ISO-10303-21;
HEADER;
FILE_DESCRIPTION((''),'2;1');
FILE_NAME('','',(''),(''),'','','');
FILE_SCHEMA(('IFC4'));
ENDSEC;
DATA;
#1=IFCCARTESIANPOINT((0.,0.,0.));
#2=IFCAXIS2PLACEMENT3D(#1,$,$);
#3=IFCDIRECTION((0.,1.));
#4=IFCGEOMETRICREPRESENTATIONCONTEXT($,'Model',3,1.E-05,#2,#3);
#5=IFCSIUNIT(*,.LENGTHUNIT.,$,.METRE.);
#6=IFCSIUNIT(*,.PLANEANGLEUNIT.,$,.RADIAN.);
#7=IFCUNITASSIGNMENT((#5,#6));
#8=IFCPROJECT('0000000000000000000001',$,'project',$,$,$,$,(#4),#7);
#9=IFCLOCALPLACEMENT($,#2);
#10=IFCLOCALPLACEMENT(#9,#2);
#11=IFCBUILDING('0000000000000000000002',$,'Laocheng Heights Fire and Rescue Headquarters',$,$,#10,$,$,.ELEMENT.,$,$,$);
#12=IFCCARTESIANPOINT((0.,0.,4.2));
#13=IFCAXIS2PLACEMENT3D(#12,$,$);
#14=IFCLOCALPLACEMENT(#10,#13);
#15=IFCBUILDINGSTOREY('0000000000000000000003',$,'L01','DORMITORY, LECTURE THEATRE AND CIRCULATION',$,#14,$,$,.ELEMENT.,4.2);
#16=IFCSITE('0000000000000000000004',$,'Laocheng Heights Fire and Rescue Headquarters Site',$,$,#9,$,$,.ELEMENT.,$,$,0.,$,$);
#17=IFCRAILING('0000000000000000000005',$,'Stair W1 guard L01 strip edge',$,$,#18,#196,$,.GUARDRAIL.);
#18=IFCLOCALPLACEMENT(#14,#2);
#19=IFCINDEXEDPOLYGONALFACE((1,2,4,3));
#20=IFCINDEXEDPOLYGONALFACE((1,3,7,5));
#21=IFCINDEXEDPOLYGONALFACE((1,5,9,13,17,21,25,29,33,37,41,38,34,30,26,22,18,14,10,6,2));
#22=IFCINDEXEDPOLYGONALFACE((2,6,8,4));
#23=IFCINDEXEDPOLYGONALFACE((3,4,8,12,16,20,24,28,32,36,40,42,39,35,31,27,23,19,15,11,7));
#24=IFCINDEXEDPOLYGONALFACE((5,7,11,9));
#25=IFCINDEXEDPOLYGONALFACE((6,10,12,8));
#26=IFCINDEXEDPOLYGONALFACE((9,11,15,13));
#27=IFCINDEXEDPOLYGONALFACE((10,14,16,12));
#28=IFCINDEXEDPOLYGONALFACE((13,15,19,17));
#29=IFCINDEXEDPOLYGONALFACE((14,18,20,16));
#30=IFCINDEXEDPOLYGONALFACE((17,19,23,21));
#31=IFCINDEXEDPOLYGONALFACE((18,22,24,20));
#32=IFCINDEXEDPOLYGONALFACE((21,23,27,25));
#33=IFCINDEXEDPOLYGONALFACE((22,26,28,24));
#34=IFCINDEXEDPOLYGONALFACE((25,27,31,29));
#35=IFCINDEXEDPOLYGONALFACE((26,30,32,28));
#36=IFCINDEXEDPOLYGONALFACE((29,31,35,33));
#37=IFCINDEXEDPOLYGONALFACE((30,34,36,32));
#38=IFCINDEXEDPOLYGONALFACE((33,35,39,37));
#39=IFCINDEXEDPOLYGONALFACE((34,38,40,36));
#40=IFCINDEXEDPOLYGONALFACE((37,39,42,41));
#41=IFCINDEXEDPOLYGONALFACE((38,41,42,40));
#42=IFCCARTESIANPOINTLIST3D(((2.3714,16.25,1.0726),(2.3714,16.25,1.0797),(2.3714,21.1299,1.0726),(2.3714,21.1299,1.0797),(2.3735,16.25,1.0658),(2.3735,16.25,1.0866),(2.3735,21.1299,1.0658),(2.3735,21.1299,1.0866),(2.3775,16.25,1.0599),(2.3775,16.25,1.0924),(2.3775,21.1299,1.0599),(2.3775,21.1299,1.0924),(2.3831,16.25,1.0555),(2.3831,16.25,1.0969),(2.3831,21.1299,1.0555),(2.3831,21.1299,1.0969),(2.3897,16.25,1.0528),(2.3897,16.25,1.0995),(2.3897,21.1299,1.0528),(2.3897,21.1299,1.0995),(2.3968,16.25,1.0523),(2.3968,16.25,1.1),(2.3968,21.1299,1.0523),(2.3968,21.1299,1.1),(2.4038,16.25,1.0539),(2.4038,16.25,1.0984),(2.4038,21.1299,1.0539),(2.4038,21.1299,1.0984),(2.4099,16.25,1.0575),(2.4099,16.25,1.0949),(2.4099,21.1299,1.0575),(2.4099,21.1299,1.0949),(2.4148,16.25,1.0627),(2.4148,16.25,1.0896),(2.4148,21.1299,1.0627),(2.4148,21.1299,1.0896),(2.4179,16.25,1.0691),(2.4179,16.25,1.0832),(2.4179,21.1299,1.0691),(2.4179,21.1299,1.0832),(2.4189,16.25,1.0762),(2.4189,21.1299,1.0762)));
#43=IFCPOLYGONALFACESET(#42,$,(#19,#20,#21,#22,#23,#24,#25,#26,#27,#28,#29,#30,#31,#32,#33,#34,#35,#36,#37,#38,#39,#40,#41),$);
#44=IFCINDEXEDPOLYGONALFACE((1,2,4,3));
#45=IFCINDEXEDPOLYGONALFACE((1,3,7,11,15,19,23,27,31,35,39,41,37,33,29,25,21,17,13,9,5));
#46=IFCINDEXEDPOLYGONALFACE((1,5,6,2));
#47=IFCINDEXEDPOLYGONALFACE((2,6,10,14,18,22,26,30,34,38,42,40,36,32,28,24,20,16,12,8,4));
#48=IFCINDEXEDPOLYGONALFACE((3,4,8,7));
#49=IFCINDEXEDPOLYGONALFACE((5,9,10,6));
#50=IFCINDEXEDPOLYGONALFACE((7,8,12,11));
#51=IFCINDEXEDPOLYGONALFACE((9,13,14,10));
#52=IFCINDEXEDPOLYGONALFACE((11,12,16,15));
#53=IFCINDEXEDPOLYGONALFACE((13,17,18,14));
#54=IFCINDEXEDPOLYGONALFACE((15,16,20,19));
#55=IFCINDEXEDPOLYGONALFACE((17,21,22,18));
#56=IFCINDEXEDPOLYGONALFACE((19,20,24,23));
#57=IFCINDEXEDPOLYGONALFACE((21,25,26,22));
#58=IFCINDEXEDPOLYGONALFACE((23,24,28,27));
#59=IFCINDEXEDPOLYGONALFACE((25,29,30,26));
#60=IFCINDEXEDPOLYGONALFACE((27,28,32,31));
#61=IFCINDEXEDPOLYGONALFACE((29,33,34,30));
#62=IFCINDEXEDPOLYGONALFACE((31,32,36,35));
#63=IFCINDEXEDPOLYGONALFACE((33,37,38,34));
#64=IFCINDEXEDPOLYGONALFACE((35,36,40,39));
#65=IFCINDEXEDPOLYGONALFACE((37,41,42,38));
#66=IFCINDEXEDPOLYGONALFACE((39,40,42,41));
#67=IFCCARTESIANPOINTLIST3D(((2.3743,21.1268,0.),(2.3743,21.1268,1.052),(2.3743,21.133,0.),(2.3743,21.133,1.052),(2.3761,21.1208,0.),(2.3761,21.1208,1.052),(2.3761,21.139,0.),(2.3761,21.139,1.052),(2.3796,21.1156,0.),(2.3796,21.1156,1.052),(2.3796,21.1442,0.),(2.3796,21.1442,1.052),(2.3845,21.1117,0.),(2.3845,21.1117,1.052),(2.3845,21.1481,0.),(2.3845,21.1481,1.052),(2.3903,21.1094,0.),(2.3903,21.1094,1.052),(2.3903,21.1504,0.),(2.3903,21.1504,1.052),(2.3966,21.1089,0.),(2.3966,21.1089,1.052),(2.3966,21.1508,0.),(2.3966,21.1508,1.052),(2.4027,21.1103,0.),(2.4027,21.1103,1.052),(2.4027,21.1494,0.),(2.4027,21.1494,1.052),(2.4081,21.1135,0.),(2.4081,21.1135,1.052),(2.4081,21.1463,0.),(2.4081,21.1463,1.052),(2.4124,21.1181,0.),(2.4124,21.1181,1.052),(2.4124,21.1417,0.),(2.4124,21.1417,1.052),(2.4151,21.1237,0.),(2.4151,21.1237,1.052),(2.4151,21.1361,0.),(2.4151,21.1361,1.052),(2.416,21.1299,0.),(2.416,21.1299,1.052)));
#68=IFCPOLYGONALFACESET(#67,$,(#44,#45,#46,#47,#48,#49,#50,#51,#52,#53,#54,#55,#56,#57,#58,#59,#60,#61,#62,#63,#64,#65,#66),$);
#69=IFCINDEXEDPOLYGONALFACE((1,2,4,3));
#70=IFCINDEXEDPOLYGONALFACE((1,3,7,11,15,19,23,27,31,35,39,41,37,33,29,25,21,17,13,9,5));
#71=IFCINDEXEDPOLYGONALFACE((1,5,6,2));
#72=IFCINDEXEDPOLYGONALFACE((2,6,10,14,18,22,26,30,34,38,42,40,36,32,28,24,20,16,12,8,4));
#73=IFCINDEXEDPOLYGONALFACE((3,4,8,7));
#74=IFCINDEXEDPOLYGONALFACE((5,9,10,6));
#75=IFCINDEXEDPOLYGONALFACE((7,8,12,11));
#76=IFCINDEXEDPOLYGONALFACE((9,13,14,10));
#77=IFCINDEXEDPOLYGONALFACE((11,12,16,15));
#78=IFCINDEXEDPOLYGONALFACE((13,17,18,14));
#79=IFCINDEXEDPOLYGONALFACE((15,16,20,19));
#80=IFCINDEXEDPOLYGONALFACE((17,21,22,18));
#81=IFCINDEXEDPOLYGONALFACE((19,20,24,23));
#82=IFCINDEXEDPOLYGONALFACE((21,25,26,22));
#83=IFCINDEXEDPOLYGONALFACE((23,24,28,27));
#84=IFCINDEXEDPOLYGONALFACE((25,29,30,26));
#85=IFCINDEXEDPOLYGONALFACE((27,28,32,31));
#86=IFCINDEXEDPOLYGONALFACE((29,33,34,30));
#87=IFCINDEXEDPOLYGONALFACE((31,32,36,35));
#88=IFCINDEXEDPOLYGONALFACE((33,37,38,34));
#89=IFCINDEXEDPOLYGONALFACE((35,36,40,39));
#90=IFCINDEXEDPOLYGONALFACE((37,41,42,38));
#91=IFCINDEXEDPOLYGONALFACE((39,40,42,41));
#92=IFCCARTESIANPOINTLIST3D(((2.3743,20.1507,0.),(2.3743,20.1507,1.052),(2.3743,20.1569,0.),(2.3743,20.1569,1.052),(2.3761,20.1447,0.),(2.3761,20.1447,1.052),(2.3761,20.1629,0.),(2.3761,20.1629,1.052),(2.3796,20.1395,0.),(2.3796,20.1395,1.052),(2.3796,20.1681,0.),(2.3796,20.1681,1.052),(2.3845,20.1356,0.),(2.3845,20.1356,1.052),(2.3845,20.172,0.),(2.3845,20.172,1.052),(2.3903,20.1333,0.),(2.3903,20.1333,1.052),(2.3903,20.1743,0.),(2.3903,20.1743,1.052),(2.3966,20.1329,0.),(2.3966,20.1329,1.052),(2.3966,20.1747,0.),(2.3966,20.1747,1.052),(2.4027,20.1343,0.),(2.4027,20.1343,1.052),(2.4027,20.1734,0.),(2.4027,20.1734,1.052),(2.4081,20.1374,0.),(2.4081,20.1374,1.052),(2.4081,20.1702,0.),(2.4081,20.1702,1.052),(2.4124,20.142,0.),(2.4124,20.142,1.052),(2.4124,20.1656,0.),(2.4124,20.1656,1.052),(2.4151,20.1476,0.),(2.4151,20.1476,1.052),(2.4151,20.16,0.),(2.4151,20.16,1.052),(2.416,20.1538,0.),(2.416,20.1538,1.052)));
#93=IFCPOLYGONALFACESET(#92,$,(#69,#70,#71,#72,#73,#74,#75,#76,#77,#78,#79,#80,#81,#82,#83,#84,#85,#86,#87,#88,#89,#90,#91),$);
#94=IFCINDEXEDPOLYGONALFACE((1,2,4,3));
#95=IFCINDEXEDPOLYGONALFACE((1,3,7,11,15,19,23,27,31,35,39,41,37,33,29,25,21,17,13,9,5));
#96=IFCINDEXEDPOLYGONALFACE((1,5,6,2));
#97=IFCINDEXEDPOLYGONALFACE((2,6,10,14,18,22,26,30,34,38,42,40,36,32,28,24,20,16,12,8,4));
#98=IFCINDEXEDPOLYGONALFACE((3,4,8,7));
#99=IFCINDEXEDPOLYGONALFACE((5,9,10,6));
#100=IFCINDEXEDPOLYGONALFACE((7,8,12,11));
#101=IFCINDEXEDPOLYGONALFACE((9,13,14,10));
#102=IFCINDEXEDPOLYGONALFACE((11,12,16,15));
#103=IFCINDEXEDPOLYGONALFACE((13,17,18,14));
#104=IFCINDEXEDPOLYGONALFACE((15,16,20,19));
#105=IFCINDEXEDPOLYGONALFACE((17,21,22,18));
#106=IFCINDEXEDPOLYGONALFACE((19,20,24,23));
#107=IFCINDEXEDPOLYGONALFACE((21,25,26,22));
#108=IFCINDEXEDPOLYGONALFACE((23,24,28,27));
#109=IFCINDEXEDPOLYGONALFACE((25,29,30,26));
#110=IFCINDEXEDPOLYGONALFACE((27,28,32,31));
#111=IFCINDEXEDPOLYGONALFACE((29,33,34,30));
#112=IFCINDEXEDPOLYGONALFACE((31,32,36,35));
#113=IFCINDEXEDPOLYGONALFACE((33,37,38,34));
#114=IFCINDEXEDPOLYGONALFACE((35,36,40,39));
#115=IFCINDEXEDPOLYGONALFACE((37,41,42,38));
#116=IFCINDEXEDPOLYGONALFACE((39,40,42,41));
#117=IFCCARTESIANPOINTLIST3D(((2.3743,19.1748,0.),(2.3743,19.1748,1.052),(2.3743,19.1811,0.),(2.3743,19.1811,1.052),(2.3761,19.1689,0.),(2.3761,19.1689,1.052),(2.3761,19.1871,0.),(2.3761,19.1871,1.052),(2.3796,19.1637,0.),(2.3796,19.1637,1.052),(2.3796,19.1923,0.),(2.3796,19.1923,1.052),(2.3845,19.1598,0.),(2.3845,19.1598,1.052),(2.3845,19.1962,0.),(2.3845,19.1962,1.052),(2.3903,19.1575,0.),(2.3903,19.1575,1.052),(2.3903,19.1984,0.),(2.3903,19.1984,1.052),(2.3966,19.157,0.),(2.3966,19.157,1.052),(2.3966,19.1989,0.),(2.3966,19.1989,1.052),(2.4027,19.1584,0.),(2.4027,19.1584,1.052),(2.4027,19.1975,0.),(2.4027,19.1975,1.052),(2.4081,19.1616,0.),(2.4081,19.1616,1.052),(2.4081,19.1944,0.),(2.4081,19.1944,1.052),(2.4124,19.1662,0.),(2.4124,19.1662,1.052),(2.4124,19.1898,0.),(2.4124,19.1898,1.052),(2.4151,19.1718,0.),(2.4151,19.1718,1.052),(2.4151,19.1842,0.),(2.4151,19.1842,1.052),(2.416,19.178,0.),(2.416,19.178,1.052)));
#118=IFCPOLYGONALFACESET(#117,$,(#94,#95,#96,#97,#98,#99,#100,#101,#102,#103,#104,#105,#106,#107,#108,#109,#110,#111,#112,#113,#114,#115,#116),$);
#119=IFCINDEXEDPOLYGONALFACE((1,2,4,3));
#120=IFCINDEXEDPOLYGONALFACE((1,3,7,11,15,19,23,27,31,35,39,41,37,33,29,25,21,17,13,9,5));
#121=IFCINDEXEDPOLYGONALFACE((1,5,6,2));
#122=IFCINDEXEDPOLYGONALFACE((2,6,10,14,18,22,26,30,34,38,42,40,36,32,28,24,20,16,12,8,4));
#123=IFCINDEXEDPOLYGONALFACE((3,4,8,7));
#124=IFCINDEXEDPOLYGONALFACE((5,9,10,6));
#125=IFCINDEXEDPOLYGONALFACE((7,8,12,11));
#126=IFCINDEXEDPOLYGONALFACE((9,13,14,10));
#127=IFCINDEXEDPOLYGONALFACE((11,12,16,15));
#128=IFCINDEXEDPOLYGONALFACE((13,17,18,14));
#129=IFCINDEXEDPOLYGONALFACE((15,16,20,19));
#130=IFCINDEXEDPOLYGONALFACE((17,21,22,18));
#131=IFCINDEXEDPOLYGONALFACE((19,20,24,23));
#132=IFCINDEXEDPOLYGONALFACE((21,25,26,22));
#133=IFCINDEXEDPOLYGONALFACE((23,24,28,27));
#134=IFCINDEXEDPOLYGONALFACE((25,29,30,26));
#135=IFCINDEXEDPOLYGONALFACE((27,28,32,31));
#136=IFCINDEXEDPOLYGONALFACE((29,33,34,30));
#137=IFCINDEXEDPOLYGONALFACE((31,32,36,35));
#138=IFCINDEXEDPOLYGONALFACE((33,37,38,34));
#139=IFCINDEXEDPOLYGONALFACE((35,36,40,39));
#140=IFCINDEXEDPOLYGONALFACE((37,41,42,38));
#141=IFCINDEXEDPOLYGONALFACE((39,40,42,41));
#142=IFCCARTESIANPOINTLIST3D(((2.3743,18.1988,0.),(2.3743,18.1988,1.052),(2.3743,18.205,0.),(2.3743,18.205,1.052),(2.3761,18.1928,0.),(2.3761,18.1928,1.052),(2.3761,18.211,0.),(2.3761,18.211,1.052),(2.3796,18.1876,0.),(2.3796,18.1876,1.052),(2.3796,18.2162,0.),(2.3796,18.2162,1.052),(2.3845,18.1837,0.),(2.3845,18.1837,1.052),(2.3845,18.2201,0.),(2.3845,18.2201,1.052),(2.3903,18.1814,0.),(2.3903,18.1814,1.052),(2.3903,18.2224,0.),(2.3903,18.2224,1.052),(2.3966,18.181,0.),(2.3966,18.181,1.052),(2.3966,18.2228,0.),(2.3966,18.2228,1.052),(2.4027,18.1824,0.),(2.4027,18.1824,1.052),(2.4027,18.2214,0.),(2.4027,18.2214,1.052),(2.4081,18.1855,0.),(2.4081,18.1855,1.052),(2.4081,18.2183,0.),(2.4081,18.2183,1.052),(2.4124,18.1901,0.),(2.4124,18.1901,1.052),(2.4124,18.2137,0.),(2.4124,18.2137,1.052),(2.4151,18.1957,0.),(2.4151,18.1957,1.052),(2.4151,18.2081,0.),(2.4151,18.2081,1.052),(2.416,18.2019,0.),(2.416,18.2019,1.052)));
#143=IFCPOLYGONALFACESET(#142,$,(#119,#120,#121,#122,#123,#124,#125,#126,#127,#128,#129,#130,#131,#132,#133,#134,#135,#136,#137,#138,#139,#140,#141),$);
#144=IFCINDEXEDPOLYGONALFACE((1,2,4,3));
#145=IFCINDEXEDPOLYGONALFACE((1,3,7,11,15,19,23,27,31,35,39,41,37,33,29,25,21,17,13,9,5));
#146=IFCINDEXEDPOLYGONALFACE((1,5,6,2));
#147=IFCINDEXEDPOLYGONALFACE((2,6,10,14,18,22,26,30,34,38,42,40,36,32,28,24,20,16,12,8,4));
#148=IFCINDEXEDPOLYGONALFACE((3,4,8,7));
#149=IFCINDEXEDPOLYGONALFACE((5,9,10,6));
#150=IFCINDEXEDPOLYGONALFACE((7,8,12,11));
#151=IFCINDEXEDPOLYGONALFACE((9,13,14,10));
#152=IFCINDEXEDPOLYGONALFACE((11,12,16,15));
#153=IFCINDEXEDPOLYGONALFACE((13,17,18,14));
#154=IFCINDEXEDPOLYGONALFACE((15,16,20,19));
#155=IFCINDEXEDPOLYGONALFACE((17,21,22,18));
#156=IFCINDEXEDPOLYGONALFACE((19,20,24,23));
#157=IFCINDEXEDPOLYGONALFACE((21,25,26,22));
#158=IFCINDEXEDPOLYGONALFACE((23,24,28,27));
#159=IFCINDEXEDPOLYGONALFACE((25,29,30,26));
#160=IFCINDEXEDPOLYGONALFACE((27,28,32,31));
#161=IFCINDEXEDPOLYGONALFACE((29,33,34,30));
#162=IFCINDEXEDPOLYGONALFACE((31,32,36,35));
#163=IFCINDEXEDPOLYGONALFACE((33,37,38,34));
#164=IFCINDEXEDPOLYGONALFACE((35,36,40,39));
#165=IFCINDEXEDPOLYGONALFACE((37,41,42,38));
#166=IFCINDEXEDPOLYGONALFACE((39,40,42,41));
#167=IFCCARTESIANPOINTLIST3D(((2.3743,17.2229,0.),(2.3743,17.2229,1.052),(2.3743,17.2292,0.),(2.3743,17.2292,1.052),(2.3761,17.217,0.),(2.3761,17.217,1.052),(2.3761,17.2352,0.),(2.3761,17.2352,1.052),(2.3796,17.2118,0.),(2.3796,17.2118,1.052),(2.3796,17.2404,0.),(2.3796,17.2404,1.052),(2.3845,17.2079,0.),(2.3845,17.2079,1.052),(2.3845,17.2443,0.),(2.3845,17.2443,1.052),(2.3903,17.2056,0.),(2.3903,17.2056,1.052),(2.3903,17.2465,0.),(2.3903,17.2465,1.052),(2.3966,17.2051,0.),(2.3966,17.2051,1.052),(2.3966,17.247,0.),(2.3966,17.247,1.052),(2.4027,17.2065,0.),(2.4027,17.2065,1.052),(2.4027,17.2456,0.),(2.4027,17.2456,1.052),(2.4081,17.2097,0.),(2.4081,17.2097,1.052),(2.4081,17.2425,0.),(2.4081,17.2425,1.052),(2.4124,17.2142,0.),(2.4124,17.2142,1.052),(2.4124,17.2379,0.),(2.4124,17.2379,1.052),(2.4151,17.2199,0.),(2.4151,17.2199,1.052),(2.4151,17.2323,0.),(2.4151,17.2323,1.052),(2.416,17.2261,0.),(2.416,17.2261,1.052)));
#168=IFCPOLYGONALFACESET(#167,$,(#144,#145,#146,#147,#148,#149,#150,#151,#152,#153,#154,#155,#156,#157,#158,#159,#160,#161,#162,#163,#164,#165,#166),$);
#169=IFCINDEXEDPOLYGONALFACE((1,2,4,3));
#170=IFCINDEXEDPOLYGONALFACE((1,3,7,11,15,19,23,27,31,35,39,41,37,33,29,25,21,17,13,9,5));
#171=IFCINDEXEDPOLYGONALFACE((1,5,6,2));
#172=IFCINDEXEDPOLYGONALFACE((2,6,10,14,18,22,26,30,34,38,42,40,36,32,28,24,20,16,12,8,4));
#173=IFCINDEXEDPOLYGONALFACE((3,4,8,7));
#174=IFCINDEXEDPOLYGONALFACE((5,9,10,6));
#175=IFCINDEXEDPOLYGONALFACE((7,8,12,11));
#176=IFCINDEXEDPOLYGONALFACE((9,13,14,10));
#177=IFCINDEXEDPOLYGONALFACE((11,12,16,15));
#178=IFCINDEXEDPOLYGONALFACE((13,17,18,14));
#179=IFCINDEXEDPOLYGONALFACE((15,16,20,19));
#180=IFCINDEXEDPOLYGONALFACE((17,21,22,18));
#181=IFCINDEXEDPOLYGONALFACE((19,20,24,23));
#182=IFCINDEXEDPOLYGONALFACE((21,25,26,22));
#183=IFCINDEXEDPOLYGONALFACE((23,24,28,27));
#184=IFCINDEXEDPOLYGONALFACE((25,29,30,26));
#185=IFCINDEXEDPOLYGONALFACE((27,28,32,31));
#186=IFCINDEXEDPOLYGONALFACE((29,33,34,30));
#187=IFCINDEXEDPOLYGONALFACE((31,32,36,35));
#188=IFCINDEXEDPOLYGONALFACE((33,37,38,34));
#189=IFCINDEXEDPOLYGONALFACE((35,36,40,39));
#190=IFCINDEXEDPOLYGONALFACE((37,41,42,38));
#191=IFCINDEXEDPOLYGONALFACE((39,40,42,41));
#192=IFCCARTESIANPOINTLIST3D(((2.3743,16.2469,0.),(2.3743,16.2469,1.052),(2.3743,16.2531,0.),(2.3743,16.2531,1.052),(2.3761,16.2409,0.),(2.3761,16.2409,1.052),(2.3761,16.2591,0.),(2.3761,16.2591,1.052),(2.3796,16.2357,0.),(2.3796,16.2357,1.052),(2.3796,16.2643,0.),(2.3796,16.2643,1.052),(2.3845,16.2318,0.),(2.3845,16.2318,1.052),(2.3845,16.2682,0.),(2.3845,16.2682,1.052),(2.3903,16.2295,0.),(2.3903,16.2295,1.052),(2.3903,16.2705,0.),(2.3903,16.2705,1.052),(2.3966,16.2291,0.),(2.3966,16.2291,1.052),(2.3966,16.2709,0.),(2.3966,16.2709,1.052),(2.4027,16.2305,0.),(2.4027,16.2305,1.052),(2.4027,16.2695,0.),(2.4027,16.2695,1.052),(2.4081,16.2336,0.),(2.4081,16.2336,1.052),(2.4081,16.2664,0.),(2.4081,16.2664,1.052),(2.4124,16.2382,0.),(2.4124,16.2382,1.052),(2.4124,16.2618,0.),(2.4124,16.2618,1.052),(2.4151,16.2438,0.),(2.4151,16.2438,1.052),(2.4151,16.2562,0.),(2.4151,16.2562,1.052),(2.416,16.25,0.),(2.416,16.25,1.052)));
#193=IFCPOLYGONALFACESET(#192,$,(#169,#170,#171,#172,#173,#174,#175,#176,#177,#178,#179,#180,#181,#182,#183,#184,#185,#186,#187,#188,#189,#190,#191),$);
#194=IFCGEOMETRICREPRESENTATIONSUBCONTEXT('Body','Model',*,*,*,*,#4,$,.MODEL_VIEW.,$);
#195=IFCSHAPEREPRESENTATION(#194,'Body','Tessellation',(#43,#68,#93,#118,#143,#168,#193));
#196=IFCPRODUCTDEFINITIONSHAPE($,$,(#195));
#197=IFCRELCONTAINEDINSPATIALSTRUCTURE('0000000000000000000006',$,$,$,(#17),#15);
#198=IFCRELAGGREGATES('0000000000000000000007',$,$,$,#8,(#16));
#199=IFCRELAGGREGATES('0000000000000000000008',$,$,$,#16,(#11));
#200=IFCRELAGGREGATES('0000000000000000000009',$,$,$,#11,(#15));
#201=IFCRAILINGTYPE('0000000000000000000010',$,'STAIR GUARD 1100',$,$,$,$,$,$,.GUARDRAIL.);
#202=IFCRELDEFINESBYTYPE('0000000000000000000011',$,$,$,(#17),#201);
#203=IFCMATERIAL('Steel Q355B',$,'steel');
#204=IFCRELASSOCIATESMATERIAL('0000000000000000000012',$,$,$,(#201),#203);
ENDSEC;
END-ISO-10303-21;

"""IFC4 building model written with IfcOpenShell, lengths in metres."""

from ifc_helpers import new_model, si_unit, direction, frame, origin, origin_2d, place, context, subcontext, project, spatial, circle, extrude, material, type_object, element, save


model = new_model("IFC4")

# Units and contexts
model_context = context("Model", 3, precision=1e-05, world=origin(), true_north=direction((0.0, 1.0)))
body_context = subcontext(model_context, "Body", "Model", "MODEL_VIEW")
ifc_project = project(units=[si_unit("LENGTHUNIT", "METRE"), si_unit("PLANEANGLEUNIT", "RADIAN")], contexts=[model_context])

# Site, building, storey
site_placement = place(None, origin())
site = spatial("IfcSite", under=ifc_project, at=site_placement, Name="Laocheng Heights Fire and Rescue Headquarters Site", CompositionType="ELEMENT", RefElevation=0.0)
building_placement = place(site_placement, origin())
building = spatial("IfcBuilding", under=site, at=building_placement, Name="Laocheng Heights Fire and Rescue Headquarters", CompositionType="ELEMENT")
storey_placement = place(building_placement, frame((0.0, 0.0, 4.2)))
storey = spatial("IfcBuildingStorey", under=building, at=storey_placement, Name="L01", Description="DORMITORY, LECTURE THEATRE AND CIRCULATION", CompositionType="ELEMENT", Elevation=4.2)

# Railing
ifc_material_1 = material(Name="Steel Q355B", Category="steel")
railing_type_1 = type_object("IfcRailingType", Name="STAIR GUARD 1100", PredefinedType="GUARDRAIL", material=ifc_material_1)
railing_1_placement = place(storey_placement, frame((2.395, 21.1299, 0.0)))
element("IfcRailing", 1, at=railing_1_placement, inside=storey, type_object=railing_type_1, Name="Stair W1 guard L01 strip edge", PredefinedType="GUARDRAIL", context=body_context, shape_type="SweptSolid", body=[
    extrude(circle(Radius=0.0239, at=origin_2d()), frame((0.0, 0.0, 1.0762), z_axis=(0.0, -1.0, 0.0), x_axis=(1.0, 0.0, 0.0)), (0.0, 0.0, 1.0), 4.8799),
    extrude(circle(Radius=0.021, at=origin_2d()), origin(), (0.0, 0.0, 1.0), 1.052),
    extrude(circle(Radius=0.021, at=origin_2d()), frame((0.0, -0.9761, 0.0)), (0.0, 0.0, 1.0), 1.052),
    extrude(circle(Radius=0.021, at=origin_2d()), frame((0.0, -1.9519, 0.0)), (0.0, 0.0, 1.0), 1.052),
    extrude(circle(Radius=0.021, at=origin_2d()), frame((0.0, -2.928, 0.0)), (0.0, 0.0, 1.0), 1.052),
    extrude(circle(Radius=0.021, at=origin_2d()), frame((0.0, -3.9038, 0.0)), (0.0, 0.0, 1.0), 1.052),
    extrude(circle(Radius=0.021, at=origin_2d()), frame((0.0, -4.8799, 0.0)), (0.0, 0.0, 1.0), 1.052),
])

save(model, "model.ifc")
